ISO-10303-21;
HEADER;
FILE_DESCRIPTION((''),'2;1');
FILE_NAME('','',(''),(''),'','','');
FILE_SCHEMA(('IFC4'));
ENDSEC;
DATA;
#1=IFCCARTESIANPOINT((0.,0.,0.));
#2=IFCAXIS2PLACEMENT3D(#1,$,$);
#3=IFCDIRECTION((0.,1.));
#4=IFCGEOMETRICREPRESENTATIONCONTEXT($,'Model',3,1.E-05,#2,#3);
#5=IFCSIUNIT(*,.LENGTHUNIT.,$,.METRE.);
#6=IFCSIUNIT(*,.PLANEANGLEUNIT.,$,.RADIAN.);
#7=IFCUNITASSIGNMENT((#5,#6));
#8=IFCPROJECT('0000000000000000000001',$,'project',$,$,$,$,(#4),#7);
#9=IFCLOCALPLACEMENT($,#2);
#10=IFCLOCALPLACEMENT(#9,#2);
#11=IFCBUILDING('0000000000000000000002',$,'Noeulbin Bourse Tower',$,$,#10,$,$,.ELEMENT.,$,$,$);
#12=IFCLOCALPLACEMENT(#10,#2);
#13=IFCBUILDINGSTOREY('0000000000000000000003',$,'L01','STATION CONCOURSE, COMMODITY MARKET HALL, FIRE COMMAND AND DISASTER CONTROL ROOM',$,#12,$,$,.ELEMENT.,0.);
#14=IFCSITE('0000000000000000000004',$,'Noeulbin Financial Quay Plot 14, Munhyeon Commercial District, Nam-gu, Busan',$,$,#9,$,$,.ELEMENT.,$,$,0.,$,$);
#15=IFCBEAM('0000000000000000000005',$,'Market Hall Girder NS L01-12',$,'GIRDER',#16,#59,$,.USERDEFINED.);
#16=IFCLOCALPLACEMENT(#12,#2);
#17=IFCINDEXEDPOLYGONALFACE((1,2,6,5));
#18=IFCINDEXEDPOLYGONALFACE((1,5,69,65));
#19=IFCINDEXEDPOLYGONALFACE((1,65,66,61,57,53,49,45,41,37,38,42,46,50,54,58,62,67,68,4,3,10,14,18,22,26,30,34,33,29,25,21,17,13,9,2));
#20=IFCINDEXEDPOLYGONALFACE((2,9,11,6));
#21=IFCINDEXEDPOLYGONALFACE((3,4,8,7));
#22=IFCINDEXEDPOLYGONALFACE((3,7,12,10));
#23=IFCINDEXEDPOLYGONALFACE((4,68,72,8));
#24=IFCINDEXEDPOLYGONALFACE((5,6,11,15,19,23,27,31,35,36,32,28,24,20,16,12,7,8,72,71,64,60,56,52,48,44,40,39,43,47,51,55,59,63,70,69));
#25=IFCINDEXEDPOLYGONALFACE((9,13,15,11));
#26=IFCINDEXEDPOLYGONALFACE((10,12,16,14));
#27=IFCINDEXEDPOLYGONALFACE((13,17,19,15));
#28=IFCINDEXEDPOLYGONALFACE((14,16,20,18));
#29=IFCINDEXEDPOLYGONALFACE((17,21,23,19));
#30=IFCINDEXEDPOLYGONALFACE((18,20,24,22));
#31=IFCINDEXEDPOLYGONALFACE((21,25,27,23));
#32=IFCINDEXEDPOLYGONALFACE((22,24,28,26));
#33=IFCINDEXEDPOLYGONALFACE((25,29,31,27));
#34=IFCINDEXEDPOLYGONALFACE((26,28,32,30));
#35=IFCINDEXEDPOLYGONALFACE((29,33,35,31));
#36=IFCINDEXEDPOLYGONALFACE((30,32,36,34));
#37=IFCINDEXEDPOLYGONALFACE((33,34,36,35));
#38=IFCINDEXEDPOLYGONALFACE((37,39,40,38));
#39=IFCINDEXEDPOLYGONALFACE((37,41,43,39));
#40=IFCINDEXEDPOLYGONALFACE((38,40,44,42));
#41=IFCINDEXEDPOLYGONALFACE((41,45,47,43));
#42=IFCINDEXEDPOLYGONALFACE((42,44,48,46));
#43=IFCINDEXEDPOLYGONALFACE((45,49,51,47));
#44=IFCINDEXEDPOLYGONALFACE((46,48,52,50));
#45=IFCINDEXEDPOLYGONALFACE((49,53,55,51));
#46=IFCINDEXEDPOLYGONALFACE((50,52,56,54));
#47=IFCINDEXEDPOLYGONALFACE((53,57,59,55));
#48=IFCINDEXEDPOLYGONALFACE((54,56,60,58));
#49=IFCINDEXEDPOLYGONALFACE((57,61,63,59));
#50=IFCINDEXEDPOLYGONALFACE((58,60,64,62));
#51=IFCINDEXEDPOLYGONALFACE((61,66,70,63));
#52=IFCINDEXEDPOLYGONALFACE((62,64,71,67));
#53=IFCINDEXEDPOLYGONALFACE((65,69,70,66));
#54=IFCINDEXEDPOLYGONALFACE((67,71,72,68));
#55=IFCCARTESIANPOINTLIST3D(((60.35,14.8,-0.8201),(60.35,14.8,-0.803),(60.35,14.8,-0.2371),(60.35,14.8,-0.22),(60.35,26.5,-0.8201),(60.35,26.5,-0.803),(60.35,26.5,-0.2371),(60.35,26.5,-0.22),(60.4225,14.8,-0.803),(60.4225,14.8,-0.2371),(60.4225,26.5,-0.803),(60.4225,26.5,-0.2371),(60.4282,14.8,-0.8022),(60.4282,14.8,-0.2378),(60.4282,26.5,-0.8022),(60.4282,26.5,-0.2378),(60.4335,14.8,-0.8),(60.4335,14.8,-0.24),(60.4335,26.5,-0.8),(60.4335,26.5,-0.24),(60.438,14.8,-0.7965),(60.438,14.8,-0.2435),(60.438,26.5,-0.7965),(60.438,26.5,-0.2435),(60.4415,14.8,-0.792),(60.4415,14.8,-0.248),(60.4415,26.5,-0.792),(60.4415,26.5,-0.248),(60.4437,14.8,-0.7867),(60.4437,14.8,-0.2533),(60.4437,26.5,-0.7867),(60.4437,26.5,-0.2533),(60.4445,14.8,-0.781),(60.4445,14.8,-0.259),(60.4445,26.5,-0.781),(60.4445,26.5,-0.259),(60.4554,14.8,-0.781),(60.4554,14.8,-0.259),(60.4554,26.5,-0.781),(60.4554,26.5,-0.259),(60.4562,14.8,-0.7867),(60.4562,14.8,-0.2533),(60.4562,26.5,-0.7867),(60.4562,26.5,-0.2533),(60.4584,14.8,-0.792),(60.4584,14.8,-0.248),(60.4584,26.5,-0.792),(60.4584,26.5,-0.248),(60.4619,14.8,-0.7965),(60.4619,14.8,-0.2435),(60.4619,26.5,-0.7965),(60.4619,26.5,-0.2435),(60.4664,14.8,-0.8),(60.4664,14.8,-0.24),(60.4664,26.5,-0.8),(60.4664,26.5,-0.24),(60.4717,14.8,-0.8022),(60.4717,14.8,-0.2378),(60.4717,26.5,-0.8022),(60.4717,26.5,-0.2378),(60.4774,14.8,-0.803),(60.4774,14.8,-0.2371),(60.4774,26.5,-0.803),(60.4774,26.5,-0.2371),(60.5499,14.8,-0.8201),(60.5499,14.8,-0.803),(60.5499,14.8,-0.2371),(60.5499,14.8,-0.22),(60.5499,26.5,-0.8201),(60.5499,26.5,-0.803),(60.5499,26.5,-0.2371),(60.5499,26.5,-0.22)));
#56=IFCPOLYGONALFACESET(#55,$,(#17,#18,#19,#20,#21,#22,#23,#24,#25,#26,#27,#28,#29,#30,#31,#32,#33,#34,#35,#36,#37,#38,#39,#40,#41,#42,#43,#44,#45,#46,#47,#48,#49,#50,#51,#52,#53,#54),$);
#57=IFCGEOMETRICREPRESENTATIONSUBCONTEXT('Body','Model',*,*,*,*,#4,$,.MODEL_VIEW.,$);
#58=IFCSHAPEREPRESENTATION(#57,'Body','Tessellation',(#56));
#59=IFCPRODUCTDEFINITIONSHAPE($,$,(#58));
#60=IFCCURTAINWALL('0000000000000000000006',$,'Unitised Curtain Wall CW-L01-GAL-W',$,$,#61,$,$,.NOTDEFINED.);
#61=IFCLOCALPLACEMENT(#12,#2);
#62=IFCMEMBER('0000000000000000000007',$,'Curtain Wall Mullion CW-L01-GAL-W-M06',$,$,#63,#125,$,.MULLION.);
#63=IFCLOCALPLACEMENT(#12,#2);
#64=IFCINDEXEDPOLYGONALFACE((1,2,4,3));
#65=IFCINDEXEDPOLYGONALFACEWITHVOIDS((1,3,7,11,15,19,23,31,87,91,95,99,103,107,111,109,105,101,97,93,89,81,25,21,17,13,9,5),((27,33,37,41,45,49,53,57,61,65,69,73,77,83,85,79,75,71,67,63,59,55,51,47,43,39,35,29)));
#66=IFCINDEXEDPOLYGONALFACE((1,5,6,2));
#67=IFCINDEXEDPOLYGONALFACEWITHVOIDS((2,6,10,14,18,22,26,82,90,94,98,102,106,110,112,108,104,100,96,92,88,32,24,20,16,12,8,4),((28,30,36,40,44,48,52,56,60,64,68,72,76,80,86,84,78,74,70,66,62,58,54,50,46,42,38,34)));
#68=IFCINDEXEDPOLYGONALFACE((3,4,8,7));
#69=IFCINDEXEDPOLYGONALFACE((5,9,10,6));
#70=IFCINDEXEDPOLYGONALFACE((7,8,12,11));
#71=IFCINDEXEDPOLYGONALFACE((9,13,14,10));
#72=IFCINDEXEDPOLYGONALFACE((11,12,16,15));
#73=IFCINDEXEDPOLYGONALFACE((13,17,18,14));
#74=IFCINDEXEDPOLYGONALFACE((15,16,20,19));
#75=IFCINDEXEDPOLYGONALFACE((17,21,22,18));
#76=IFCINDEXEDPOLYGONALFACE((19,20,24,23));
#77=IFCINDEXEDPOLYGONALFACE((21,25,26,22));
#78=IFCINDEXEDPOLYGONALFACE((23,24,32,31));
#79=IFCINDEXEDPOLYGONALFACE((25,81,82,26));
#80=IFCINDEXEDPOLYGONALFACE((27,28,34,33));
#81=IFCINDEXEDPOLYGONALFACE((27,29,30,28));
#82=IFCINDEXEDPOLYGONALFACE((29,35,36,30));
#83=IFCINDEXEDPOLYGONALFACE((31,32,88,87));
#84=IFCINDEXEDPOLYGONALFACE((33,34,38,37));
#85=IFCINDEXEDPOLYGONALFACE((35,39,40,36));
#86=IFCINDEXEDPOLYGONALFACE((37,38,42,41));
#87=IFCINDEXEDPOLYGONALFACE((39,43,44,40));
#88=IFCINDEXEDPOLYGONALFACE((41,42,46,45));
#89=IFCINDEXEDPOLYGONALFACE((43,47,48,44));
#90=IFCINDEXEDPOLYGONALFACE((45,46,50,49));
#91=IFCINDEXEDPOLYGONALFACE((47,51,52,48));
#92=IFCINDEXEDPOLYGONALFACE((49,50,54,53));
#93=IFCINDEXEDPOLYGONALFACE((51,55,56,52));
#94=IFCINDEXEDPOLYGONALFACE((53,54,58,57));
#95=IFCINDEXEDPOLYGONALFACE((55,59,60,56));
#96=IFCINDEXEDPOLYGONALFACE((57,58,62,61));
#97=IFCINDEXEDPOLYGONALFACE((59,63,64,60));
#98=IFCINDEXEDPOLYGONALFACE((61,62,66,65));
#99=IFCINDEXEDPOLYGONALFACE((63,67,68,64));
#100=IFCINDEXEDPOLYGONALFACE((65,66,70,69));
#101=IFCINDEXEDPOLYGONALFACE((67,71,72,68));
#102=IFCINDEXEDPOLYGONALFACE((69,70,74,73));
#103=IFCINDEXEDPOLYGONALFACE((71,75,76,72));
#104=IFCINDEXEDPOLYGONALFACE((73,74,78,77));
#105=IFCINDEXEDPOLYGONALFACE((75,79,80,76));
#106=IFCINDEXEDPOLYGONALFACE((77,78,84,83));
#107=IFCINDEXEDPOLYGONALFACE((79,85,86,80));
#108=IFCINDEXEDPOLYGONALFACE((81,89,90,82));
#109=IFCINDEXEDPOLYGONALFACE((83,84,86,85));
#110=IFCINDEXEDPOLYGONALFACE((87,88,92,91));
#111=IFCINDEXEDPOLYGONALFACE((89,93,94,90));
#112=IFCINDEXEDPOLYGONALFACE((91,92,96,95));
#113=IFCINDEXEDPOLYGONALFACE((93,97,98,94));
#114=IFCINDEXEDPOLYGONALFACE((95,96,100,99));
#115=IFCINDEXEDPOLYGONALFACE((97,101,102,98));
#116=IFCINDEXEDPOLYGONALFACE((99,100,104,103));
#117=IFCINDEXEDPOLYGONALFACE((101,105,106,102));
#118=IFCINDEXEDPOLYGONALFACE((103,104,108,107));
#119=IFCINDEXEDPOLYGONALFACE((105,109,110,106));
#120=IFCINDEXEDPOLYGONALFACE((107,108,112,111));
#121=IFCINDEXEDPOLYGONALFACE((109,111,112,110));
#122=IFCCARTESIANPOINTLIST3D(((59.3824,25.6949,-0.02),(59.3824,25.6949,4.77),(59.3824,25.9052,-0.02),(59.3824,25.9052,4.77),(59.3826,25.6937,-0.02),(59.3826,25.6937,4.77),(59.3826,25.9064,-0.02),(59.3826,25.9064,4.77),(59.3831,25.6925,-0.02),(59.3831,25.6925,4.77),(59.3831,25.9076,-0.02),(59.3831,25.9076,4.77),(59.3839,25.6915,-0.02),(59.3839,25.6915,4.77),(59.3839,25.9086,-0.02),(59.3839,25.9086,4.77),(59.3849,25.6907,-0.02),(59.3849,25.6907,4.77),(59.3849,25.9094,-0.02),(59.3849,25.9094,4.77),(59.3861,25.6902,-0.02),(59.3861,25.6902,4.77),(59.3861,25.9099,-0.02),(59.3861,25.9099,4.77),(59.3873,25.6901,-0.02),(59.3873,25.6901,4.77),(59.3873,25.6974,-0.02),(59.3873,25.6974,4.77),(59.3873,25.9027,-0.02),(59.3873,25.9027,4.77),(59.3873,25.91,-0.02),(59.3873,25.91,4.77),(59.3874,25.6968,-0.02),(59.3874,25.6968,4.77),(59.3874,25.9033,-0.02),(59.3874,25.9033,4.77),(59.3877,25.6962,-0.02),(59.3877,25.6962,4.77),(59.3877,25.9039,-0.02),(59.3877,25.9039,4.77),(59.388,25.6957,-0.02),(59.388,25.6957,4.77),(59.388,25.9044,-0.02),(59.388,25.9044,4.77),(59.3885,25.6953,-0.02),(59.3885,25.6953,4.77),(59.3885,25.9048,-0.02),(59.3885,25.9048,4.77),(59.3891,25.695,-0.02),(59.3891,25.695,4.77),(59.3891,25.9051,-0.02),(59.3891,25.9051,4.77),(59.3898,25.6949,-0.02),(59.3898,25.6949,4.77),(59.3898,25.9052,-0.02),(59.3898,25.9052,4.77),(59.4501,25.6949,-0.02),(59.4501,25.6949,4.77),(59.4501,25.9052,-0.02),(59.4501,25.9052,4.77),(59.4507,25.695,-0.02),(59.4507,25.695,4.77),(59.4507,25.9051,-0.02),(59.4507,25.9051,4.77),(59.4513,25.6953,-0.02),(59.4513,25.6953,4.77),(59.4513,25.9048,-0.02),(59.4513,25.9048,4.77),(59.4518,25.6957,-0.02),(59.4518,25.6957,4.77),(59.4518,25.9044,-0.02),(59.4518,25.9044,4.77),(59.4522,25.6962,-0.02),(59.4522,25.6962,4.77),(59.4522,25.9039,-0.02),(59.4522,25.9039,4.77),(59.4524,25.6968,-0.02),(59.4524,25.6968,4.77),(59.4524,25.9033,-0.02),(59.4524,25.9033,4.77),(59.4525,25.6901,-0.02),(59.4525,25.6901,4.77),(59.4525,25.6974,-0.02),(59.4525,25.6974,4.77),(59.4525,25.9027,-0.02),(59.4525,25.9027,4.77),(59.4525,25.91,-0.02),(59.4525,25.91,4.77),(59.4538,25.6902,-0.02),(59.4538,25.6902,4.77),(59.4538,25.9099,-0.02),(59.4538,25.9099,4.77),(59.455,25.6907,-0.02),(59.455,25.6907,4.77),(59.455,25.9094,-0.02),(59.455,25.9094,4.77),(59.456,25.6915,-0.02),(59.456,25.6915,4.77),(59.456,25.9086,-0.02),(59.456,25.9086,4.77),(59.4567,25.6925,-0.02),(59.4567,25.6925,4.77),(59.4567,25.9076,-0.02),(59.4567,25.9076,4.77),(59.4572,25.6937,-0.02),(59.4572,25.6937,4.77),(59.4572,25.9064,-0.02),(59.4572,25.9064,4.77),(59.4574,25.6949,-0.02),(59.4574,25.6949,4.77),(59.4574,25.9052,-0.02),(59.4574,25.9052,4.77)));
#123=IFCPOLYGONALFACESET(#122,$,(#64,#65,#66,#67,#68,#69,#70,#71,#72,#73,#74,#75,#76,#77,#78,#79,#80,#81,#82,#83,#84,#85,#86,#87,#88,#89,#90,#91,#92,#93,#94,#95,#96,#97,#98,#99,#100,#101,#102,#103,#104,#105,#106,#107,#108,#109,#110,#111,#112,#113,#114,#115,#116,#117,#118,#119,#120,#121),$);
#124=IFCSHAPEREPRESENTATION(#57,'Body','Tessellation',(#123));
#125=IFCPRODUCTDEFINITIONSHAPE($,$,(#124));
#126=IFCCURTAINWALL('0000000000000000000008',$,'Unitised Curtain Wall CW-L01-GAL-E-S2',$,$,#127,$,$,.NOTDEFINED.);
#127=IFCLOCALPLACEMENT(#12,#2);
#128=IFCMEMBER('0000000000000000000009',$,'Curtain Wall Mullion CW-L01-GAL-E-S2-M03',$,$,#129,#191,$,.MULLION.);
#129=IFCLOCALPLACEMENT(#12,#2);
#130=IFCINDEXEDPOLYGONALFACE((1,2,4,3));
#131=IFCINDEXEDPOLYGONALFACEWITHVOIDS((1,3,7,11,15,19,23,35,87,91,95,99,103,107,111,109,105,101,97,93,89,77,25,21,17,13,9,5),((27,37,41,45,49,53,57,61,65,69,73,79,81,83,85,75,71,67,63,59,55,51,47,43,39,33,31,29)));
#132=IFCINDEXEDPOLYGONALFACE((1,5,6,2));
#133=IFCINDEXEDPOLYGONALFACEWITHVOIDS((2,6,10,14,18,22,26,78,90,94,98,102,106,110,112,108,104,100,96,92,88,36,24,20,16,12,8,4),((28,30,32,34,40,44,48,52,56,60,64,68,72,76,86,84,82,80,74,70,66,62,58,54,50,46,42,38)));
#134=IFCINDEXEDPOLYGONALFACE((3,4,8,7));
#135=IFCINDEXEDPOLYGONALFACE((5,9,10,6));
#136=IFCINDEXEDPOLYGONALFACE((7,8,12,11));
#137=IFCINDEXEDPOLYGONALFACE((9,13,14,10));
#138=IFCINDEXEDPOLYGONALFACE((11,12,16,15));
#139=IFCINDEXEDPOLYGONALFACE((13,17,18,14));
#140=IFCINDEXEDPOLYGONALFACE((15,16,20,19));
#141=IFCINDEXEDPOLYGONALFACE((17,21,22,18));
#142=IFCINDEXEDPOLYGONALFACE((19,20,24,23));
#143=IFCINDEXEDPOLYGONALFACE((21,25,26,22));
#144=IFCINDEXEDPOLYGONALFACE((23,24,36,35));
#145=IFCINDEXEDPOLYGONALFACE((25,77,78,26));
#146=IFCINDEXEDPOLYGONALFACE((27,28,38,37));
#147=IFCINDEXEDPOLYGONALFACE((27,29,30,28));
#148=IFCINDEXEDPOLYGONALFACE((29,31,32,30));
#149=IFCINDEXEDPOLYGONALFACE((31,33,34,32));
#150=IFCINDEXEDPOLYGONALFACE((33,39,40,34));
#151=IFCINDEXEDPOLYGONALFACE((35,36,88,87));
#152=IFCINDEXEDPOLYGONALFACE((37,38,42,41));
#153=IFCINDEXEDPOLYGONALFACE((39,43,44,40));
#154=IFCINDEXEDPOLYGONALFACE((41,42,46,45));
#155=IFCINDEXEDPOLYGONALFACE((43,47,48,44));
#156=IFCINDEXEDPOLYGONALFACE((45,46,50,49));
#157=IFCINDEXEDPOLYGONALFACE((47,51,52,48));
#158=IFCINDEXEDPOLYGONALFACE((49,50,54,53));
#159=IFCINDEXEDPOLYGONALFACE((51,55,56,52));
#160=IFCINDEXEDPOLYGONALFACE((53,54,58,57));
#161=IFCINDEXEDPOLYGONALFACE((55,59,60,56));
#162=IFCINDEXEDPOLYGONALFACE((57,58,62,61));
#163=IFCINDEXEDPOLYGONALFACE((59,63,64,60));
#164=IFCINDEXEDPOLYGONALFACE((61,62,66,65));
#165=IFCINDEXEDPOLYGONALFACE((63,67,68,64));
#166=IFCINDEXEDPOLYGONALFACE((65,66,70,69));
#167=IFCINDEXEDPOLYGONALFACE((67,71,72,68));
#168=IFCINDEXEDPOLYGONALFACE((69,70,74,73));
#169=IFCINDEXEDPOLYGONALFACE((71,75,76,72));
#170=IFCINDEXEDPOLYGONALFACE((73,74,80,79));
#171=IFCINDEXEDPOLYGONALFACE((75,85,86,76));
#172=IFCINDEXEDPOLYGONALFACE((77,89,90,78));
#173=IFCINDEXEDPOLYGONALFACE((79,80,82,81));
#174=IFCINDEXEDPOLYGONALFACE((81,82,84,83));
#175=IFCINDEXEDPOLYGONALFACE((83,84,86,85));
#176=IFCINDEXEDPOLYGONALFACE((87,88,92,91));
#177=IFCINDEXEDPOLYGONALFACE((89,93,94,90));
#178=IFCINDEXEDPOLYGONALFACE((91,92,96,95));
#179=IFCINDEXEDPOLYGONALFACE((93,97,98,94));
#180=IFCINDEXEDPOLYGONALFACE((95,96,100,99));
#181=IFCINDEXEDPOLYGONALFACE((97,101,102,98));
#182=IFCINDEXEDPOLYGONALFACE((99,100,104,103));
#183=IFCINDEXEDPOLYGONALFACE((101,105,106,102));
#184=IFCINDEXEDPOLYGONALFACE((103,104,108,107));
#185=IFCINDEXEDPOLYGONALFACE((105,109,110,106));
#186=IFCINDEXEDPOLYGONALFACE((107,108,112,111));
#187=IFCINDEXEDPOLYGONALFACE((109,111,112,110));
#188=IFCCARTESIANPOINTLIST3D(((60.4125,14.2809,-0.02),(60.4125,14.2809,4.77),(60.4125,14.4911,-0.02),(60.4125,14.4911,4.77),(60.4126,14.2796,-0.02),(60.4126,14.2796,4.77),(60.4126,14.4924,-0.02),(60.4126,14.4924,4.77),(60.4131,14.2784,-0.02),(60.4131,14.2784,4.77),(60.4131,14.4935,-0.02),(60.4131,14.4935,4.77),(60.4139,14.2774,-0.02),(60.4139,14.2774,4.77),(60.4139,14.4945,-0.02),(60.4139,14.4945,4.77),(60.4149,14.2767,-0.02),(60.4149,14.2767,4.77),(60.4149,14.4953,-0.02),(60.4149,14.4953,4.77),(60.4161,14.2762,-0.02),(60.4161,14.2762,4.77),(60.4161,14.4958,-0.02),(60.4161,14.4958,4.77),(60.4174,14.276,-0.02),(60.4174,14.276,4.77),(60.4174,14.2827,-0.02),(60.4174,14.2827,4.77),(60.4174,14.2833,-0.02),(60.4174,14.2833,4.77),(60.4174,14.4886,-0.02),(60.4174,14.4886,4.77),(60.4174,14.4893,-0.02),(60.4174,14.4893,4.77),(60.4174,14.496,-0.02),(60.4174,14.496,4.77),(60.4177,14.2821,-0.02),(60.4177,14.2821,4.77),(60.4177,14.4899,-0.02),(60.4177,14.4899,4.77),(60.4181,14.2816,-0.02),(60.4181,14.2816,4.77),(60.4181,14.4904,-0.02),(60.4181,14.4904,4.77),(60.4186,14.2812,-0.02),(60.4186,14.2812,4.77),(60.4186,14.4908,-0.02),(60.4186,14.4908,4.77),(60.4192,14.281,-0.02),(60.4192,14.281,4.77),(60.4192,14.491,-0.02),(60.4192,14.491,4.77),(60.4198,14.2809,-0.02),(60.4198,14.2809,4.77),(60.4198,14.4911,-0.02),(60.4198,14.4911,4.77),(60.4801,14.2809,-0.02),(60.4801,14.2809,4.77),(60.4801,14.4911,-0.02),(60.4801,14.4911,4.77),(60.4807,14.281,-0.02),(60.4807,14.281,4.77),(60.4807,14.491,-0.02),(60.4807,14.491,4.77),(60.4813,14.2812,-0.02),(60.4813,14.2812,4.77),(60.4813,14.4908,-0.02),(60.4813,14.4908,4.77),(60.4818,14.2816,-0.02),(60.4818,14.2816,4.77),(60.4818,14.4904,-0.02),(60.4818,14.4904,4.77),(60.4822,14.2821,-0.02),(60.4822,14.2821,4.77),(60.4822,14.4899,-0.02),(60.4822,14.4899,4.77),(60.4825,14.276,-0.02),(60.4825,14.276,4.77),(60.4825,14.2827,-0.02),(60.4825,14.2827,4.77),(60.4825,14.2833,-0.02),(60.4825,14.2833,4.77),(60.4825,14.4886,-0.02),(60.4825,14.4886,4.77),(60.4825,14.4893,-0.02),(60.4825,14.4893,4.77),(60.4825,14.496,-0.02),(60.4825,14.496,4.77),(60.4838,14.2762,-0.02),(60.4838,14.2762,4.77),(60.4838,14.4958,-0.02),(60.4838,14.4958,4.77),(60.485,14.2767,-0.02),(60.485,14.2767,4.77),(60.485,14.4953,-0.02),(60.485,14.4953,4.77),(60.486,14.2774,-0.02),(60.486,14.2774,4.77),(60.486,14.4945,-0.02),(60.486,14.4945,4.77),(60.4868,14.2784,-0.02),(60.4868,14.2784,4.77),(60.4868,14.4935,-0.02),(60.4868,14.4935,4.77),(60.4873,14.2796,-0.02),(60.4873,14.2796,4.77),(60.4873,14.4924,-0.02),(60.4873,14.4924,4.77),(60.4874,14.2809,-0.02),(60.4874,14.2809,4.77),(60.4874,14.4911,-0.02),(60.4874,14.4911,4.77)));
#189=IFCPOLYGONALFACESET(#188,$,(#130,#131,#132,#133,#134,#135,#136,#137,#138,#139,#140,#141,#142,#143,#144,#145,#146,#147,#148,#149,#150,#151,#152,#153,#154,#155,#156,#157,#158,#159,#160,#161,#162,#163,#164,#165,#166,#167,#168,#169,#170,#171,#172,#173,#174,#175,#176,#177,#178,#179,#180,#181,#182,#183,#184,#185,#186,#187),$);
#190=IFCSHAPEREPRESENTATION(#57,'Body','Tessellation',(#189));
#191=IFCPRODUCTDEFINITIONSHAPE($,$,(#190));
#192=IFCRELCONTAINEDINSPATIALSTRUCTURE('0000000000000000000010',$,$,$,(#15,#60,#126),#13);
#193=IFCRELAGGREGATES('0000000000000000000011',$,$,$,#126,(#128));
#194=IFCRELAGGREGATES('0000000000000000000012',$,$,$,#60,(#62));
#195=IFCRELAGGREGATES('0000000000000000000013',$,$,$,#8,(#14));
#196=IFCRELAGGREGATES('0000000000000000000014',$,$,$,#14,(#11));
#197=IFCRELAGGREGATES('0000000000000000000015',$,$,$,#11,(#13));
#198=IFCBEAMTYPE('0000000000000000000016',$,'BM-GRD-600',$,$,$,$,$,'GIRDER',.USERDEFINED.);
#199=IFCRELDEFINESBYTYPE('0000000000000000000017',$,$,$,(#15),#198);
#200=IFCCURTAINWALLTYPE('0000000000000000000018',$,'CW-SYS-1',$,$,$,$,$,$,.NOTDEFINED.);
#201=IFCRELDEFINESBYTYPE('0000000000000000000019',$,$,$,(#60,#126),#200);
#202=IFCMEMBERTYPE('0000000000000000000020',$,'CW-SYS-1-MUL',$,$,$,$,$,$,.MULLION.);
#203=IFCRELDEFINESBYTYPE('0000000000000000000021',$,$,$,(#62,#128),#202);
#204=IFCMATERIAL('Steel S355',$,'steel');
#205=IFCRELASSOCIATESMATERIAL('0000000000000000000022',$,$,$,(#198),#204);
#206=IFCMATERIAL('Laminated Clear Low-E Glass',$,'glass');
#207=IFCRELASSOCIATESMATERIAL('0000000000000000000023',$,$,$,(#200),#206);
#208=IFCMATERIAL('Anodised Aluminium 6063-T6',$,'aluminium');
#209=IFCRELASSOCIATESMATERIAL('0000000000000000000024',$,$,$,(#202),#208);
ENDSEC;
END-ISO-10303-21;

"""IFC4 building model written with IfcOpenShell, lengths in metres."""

from ifc_helpers import new_model, si_unit, direction, frame, origin, origin_2d, place, context, subcontext, project, spatial, hollow_rectangle, i_section, extrude, material, material_profile, profile_set, type_object, element, aggregate, save


model = new_model("IFC4")

# Units and contexts
model_context = context("Model", 3, precision=1e-05, world=origin(), true_north=direction((0.0, 1.0)))
body_context = subcontext(model_context, "Body", "Model", "MODEL_VIEW")
ifc_project = project(units=[si_unit("LENGTHUNIT", "METRE"), si_unit("PLANEANGLEUNIT", "RADIAN")], contexts=[model_context])

# Site, building, storey
site_placement = place(None, origin())
site = spatial("IfcSite", under=ifc_project, at=site_placement, Name="Noeulbin Financial Quay Plot 14, Munhyeon Commercial District, Nam-gu, Busan", CompositionType="ELEMENT", RefElevation=0.0)
building_placement = place(site_placement, origin())
building = spatial("IfcBuilding", under=site, at=building_placement, Name="Noeulbin Bourse Tower", CompositionType="ELEMENT")
storey_placement = place(building_placement, origin())
storey = spatial("IfcBuildingStorey", under=building, at=storey_placement, Name="L01", Description="STATION CONCOURSE, COMMODITY MARKET HALL, FIRE COMMAND AND DISASTER CONTROL ROOM", CompositionType="ELEMENT", Elevation=0.0)

# Shared definitions
ifc_material_1 = material(Name="Steel S355", Category="steel")

# Beam
ifc_material_profile_1 = material_profile(ifc_material_1, i_section(OverallWidth=0.2, OverallDepth=0.6001, WebThickness=0.011, FlangeThickness=0.0171, FilletRadius=0.022, at=origin_2d()), Name="H-600x200x11x17", Category="LoadBearing")
ifc_profile_set_1 = profile_set([ifc_material_profile_1], Name="Steel S355")
beam_type = type_object("IfcBeamType", Name="BM-GRD-600", ElementType="GIRDER", PredefinedType="USERDEFINED", material=ifc_profile_set_1)
beam_1_placement = place(storey_placement, frame((60.45, 14.8, -0.52), z_axis=(0.0, 1.0, 0.0), x_axis=(-1.0, 0.0, 0.0)))
element("IfcBeam", 1, at=beam_1_placement, inside=storey, type_object=beam_type, Name="Market Hall Girder NS L01-12", ObjectType="GIRDER", PredefinedType="USERDEFINED", context=body_context, shape_type="SweptSolid", body=[
    extrude(i_section(OverallWidth=0.2, OverallDepth=0.6001, WebThickness=0.011, FlangeThickness=0.0171, FilletRadius=0.022, at=origin_2d()), origin(), (0.0, 0.0, 1.0), 11.7),
])

# Curtain walls, members
ifc_material_2 = material(Name="Laminated Clear Low-E Glass", Category="glass")
curtain_wall_type = type_object("IfcCurtainWallType", Name="CW-SYS-1", PredefinedType="NOTDEFINED", material=ifc_material_2)
curtain_wall_1_placement = place(storey_placement, origin())
curtain_wall_1 = element("IfcCurtainWall", 2, at=curtain_wall_1_placement, inside=storey, type_object=curtain_wall_type, Name="Unitised Curtain Wall CW-L01-GAL-W", PredefinedType="NOTDEFINED")
ifc_material_3 = material(Name="Anodised Aluminium 6063-T6", Category="aluminium")
ifc_material_profile_2 = material_profile(ifc_material_3, hollow_rectangle(XDim=0.075, YDim=0.22, WallThickness=0.0049, InnerFilletRadius=0.0024, OuterFilletRadius=0.0049, at=origin_2d()), Name="ALU-MULL-75x220x5", Category="LoadBearing")
ifc_profile_set_2 = profile_set([ifc_material_profile_2], Name="Anodised Aluminium 6063-T6")
member_type_1 = type_object("IfcMemberType", Name="CW-SYS-1-MUL", PredefinedType="MULLION", material=ifc_profile_set_2)
member_1_placement = place(storey_placement, frame((59.4199, 25.8, -0.02), z_axis=(0.0, 0.0, 1.0), x_axis=(1.0, 0.0, 0.0)))
member_1 = element("IfcMember", 3, at=member_1_placement, type_object=member_type_1, Name="Curtain Wall Mullion CW-L01-GAL-W-M06", PredefinedType="MULLION", context=body_context, shape_type="SweptSolid", body=[
    extrude(hollow_rectangle(XDim=0.075, YDim=0.22, WallThickness=0.0049, InnerFilletRadius=0.0024, OuterFilletRadius=0.0049, at=origin_2d()), origin(), (0.0, 0.0, 1.0), 4.79),
])
curtain_wall_2_placement = place(storey_placement, origin())
curtain_wall_2 = element("IfcCurtainWall", 4, at=curtain_wall_2_placement, inside=storey, type_object=curtain_wall_type, Name="Unitised Curtain Wall CW-L01-GAL-E-S2", PredefinedType="NOTDEFINED")
member_2_placement = place(storey_placement, frame((60.45, 14.386, -0.02), z_axis=(0.0, 0.0, 1.0), x_axis=(1.0, 0.0, 0.0)))
member_2 = element("IfcMember", 5, at=member_2_placement, type_object=member_type_1, Name="Curtain Wall Mullion CW-L01-GAL-E-S2-M03", PredefinedType="MULLION", context=body_context, shape_type="SweptSolid", body=[
    extrude(hollow_rectangle(XDim=0.075, YDim=0.22, WallThickness=0.0049, InnerFilletRadius=0.0024, OuterFilletRadius=0.0049, at=origin_2d()), origin(), (0.0, 0.0, 1.0), 4.79),
])
aggregate(curtain_wall_2, [member_2])

aggregate(curtain_wall_1, [member_1])

save(model, "model.ifc")
